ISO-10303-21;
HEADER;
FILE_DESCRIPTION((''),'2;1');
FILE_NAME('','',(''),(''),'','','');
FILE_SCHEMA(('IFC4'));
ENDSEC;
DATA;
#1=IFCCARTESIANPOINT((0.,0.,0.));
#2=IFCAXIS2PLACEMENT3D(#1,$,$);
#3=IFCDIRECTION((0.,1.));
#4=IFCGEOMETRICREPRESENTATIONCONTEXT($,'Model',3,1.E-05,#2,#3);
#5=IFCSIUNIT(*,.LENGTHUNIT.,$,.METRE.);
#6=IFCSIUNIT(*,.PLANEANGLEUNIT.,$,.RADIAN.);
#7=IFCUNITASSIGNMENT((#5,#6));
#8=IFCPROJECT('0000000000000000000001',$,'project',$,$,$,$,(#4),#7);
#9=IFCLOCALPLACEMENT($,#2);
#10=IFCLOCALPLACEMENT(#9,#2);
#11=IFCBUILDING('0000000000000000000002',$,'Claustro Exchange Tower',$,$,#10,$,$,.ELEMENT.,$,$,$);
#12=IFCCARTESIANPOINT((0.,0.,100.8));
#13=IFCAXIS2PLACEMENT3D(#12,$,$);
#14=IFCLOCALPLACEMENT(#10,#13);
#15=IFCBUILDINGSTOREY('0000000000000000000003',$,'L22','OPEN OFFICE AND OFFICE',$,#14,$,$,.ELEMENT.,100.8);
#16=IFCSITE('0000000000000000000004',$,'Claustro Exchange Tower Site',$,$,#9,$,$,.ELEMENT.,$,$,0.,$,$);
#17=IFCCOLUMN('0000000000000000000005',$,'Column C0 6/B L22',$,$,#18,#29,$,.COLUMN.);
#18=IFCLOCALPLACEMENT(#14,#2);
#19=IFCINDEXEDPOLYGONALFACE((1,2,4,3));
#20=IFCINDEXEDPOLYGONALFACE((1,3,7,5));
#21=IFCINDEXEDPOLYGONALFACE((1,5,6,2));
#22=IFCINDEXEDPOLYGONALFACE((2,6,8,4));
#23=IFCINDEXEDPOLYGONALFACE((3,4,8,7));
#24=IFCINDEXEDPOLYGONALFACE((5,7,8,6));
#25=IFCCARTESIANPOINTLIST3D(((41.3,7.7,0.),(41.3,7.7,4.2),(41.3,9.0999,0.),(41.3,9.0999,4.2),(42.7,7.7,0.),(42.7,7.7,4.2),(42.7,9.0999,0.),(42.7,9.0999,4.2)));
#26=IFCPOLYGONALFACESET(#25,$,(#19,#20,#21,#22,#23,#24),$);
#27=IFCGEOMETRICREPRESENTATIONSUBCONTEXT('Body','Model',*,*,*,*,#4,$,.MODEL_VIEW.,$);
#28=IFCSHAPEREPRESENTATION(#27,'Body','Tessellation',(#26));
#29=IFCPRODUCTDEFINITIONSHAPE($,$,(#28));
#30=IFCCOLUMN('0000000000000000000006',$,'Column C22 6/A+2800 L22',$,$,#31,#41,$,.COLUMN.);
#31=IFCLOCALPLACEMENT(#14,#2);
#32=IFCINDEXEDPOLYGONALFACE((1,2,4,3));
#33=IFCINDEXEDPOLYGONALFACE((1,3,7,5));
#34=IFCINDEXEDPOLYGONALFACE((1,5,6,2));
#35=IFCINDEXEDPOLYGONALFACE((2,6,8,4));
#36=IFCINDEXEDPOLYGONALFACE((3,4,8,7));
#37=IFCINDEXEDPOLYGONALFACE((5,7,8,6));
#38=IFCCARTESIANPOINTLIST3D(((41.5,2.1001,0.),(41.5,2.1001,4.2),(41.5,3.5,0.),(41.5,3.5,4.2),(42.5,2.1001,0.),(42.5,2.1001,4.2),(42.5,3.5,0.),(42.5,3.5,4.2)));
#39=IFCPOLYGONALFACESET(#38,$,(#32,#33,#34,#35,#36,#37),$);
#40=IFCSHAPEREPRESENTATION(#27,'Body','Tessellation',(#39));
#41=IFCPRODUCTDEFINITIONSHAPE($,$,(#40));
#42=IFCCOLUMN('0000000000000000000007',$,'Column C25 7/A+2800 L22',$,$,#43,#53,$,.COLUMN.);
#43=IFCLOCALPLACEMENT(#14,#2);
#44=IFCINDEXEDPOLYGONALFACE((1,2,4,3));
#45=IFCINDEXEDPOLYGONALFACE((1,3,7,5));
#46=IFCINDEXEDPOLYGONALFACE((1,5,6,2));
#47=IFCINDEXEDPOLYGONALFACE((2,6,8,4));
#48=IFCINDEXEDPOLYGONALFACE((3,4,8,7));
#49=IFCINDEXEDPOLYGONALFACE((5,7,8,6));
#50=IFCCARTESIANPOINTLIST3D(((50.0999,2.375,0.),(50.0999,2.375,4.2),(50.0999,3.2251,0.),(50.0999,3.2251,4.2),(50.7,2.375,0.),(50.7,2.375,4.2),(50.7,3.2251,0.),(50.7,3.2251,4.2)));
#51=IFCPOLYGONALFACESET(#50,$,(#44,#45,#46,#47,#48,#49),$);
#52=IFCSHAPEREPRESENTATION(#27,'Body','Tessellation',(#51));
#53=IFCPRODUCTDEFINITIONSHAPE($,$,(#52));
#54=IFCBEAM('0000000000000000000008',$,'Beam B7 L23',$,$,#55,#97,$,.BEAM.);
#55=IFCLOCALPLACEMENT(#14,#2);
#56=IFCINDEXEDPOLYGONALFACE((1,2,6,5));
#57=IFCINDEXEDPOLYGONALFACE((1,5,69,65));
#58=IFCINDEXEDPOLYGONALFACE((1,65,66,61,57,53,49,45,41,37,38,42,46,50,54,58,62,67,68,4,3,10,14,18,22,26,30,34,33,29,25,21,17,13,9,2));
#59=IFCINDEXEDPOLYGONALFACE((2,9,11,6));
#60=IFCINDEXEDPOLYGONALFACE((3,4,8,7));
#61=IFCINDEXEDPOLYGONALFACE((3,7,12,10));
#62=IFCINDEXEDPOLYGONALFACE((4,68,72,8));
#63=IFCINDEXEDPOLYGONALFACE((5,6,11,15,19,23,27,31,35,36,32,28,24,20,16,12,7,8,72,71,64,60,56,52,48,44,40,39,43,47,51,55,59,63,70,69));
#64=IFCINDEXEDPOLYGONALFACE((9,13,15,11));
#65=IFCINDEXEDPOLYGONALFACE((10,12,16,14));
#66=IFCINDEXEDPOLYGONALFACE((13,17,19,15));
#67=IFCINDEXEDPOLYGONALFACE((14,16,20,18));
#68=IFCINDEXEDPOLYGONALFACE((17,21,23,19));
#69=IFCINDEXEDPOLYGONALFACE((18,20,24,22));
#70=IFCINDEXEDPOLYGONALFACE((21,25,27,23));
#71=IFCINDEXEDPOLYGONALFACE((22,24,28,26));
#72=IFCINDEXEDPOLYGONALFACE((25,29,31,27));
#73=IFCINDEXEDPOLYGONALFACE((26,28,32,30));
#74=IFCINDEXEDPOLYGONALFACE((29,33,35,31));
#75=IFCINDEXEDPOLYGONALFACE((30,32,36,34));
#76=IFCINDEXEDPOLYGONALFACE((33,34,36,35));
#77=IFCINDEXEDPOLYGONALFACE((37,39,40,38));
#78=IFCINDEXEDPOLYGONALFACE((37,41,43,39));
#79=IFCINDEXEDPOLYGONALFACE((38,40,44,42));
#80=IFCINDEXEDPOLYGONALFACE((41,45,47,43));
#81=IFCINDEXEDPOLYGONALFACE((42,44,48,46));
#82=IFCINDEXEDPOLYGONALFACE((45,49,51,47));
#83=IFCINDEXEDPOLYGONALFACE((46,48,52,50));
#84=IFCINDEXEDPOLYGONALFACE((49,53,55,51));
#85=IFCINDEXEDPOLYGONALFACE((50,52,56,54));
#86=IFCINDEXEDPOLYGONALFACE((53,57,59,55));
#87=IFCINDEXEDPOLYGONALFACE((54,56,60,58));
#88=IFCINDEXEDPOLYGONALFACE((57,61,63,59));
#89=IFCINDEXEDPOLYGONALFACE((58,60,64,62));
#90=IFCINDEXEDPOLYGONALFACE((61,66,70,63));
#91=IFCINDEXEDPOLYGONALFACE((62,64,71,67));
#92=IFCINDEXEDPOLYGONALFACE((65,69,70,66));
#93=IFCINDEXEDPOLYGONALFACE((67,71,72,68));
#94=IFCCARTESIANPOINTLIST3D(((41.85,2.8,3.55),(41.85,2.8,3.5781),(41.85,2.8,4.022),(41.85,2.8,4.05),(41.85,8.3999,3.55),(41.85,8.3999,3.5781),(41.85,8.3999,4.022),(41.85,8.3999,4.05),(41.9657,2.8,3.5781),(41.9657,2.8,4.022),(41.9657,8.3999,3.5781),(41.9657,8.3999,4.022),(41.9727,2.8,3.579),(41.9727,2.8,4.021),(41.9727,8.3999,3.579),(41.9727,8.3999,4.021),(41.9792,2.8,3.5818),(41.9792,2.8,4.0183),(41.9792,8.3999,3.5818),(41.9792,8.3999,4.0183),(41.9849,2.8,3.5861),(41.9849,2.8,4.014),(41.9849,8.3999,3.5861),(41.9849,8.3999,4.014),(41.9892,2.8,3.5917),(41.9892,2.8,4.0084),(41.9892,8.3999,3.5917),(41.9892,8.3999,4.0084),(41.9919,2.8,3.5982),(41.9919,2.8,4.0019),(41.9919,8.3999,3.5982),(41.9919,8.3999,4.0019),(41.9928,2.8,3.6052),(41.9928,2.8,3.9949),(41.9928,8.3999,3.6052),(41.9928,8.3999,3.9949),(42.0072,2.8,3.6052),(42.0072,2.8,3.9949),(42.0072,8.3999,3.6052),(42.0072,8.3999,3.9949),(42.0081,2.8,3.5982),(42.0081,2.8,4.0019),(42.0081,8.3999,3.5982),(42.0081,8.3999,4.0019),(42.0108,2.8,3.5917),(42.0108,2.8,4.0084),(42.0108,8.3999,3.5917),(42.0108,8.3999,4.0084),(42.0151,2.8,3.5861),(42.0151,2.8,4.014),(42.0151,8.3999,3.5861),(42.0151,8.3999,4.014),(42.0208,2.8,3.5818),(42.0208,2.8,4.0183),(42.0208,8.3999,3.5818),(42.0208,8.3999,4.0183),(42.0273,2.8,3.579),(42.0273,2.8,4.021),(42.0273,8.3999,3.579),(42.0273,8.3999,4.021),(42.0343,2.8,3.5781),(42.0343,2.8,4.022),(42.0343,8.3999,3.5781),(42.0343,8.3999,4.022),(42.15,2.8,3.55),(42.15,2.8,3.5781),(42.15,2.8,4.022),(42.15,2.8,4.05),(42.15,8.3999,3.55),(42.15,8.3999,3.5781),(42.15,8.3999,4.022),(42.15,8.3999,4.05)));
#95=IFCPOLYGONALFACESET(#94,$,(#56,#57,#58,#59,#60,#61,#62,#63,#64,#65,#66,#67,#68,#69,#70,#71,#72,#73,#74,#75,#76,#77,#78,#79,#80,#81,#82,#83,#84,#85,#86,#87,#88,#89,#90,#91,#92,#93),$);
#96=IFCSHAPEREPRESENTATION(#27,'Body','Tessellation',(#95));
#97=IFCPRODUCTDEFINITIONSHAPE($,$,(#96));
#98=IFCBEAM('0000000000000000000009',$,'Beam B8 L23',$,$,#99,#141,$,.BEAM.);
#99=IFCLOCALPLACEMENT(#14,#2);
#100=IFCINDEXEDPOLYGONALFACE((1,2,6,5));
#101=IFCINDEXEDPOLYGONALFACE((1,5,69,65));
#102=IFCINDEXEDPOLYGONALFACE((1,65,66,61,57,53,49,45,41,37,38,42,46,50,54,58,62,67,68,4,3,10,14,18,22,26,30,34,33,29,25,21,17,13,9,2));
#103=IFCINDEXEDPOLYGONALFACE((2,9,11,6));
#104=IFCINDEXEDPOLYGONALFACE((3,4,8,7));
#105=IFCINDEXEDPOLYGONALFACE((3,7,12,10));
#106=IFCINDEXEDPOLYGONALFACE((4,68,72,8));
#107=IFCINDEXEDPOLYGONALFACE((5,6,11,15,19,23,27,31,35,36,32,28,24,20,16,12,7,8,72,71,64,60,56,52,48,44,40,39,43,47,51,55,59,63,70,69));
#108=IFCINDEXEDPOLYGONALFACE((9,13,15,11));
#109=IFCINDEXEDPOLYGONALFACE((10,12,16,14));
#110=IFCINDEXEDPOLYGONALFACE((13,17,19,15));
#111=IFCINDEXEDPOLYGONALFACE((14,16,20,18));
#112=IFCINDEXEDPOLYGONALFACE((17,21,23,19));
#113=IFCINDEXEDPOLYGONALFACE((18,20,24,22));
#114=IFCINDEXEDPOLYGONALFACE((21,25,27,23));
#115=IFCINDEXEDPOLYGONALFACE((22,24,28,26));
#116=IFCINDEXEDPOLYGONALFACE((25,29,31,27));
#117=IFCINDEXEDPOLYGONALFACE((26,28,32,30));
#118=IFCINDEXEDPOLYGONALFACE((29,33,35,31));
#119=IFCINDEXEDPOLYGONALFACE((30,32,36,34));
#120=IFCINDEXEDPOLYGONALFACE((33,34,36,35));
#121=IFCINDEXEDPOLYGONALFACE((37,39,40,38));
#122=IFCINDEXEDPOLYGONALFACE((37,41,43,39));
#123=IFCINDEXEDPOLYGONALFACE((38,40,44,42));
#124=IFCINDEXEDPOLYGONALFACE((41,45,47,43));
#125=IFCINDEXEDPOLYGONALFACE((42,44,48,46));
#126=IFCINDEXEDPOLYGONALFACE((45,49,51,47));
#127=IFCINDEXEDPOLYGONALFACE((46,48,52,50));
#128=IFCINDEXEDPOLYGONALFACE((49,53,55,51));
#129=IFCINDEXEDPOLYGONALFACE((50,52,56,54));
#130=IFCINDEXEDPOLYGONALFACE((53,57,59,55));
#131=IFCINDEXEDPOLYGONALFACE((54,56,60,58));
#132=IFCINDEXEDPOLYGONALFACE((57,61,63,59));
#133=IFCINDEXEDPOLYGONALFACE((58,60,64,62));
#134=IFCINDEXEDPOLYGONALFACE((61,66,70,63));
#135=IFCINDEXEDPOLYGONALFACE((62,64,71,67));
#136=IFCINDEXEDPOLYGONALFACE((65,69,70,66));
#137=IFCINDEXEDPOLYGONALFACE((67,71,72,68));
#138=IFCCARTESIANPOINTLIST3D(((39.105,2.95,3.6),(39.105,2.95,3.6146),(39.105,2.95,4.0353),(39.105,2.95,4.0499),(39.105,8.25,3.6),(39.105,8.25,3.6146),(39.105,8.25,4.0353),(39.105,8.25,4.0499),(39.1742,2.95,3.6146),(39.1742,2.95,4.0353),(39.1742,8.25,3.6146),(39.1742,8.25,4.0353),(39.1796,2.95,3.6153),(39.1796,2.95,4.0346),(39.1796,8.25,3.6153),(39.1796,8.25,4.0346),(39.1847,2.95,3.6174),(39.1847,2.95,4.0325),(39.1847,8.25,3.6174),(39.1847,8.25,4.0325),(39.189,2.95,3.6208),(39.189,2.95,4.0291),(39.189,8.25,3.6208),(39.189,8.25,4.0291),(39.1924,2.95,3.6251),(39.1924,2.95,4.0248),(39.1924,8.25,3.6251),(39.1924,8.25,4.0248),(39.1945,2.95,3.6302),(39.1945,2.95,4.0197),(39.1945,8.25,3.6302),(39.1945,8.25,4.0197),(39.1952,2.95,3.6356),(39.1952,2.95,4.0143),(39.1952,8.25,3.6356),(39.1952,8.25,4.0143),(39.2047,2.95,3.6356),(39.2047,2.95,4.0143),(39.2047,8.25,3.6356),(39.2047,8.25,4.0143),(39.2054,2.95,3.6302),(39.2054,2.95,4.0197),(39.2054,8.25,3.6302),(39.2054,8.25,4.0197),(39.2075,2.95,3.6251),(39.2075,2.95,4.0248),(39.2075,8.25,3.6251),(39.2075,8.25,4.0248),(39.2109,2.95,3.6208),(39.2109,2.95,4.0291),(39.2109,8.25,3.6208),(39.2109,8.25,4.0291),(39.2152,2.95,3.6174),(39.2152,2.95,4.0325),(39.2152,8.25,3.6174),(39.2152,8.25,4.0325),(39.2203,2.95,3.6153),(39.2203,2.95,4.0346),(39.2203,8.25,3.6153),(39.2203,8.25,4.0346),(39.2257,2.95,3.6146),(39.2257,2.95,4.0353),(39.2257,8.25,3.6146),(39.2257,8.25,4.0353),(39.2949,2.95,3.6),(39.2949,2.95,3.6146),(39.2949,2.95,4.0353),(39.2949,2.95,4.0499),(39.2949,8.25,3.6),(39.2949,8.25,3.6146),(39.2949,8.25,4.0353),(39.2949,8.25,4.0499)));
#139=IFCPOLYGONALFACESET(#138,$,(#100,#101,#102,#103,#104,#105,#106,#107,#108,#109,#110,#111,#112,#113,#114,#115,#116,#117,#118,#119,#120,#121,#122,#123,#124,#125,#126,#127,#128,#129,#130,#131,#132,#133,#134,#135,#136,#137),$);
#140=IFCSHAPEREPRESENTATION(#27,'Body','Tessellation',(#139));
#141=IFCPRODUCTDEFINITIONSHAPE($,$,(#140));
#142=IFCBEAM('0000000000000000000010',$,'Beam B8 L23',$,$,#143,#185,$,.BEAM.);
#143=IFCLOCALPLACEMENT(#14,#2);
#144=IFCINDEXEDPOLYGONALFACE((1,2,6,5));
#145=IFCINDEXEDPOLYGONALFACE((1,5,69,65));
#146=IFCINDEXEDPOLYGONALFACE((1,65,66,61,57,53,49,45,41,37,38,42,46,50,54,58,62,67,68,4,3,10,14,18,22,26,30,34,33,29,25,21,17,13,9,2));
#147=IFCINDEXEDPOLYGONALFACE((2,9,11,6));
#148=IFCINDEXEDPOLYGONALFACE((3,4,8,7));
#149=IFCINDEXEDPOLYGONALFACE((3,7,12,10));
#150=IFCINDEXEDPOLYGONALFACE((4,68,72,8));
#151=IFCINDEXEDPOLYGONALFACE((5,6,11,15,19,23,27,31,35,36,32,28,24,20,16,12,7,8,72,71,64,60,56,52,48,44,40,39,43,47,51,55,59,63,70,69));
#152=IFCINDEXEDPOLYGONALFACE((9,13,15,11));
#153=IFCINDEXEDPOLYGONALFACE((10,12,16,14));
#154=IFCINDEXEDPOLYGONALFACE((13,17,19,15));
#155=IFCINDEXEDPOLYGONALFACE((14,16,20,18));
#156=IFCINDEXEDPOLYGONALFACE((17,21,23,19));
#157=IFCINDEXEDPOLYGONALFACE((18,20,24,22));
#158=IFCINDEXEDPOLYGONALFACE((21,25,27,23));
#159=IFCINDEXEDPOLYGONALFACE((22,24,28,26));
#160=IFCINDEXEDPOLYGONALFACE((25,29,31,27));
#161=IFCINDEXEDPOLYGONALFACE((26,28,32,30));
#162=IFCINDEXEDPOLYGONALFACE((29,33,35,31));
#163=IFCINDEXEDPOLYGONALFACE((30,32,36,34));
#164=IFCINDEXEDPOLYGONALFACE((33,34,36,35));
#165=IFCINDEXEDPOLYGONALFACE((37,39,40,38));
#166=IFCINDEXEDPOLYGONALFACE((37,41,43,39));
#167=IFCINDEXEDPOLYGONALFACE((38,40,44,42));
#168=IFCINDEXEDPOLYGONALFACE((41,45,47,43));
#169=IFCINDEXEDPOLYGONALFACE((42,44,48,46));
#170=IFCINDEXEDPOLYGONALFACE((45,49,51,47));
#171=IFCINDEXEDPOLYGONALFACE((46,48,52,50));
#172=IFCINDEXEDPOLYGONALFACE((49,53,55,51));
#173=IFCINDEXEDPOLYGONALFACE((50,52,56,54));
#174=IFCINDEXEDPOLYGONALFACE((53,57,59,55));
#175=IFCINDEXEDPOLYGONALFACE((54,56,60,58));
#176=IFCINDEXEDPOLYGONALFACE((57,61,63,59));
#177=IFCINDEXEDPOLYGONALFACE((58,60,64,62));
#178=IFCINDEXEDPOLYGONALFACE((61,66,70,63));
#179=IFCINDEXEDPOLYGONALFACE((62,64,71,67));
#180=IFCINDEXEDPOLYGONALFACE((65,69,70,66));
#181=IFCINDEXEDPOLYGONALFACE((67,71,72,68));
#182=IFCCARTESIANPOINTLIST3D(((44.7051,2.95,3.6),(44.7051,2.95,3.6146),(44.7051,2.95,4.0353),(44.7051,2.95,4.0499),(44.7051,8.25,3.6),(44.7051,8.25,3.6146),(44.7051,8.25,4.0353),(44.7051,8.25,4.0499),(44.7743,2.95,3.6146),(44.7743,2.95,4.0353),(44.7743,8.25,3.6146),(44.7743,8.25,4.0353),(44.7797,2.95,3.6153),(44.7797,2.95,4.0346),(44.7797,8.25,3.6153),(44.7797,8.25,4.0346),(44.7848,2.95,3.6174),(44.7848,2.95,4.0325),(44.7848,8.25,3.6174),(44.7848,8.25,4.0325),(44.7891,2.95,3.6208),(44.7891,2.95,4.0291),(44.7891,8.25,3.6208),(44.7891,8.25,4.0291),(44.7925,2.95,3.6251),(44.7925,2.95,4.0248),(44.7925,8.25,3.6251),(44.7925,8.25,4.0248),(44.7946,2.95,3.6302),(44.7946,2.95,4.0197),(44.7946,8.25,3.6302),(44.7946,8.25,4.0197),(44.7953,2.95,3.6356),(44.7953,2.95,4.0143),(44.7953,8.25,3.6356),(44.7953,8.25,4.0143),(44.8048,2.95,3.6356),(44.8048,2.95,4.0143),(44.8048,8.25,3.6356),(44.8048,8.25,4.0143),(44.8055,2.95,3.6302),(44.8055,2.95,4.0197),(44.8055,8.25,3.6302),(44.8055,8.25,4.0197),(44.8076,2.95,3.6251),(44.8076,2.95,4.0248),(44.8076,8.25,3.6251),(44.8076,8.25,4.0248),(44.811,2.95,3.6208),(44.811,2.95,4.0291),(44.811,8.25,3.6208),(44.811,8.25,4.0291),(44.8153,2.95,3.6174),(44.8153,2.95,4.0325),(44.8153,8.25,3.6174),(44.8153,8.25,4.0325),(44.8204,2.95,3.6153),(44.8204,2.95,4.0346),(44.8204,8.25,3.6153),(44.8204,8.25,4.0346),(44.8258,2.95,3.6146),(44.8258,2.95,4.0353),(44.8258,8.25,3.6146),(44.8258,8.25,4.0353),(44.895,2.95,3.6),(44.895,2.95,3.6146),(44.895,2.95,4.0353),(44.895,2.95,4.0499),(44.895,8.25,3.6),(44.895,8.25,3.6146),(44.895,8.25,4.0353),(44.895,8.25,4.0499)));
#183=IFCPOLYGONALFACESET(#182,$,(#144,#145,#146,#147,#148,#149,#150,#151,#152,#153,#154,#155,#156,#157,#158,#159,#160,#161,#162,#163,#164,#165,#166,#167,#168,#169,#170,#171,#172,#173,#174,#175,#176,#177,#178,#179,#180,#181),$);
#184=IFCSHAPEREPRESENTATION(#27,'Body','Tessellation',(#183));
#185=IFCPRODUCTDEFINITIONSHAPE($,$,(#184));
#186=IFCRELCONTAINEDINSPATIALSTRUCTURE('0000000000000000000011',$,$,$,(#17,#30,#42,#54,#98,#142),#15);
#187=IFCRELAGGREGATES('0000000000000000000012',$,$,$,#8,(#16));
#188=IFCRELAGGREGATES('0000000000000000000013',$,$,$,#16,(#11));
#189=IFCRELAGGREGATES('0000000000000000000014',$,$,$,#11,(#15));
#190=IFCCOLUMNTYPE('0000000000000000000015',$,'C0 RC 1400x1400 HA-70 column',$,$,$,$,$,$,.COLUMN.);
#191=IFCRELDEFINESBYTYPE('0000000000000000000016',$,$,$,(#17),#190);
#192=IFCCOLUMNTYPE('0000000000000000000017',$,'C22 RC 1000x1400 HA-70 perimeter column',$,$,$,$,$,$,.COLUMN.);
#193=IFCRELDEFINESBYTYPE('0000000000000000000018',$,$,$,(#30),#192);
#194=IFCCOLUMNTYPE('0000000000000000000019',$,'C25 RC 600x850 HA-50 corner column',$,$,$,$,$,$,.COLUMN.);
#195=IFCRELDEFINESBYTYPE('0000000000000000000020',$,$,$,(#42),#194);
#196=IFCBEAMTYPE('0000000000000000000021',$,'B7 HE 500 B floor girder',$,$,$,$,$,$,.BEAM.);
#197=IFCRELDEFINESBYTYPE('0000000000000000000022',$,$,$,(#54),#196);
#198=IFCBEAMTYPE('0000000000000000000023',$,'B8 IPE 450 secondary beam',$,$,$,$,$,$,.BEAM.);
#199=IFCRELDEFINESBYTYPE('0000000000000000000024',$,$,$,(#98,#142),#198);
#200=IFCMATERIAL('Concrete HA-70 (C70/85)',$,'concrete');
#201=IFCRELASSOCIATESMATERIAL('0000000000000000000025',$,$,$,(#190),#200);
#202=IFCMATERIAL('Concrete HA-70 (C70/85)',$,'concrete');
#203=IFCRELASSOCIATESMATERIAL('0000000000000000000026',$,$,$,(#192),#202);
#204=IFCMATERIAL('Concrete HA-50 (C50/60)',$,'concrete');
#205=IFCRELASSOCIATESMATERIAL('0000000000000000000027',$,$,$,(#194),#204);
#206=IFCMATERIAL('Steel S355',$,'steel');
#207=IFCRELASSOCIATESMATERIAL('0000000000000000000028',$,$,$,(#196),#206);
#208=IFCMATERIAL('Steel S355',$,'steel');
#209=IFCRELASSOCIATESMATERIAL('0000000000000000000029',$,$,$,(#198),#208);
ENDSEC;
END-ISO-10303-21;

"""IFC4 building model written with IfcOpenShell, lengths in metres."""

from ifc_helpers import new_model, si_unit, direction, frame, origin, origin_2d, place, context, subcontext, project, spatial, rectangle, i_section, extrude, material, material_profile, profile_set, type_object, element, save


model = new_model("IFC4")

# Units and contexts
model_context = context("Model", 3, precision=1e-05, world=origin(), true_north=direction((0.0, 1.0)))
body_context = subcontext(model_context, "Body", "Model", "MODEL_VIEW")
ifc_project = project(units=[si_unit("LENGTHUNIT", "METRE"), si_unit("PLANEANGLEUNIT", "RADIAN")], contexts=[model_context])

# Site, building, storey
site_placement = place(None, origin())
site = spatial("IfcSite", under=ifc_project, at=site_placement, Name="Claustro Exchange Tower Site", CompositionType="ELEMENT", RefElevation=0.0)
building_placement = place(site_placement, origin())
building = spatial("IfcBuilding", under=site, at=building_placement, Name="Claustro Exchange Tower", CompositionType="ELEMENT")
storey_placement = place(building_placement, frame((0.0, 0.0, 100.8)))
storey = spatial("IfcBuildingStorey", under=building, at=storey_placement, Name="L22", Description="OPEN OFFICE AND OFFICE", CompositionType="ELEMENT", Elevation=100.8)

# Columns
ifc_material_1 = material(Name="Concrete HA-70 (C70/85)", Category="concrete")
ifc_material_profile_1 = material_profile(ifc_material_1, rectangle(XDim=1.3999, YDim=1.3999, at=origin_2d()), Name="RC 1400x1400")
ifc_profile_set_1 = profile_set([ifc_material_profile_1], Name="Concrete HA-70 (C70/85)")
column_type_1 = type_object("IfcColumnType", Name="C0 RC 1400x1400 HA-70 column", PredefinedType="COLUMN", material=ifc_profile_set_1)
column_1_placement = place(storey_placement, frame((42.0, 8.3999, 0.0), z_axis=(0.0, 0.0, 1.0), x_axis=(1.0, 0.0, 0.0)))
element("IfcColumn", 1, at=column_1_placement, inside=storey, type_object=column_type_1, Name="Column C0 6/B L22", PredefinedType="COLUMN", context=body_context, shape_type="SweptSolid", body=[
    extrude(rectangle(XDim=1.3999, YDim=1.3999, at=origin_2d()), origin(), (0.0, 0.0, 1.0), 4.2),
])
ifc_material_2 = material(Name="Concrete HA-70 (C70/85)", Category="concrete")
ifc_material_profile_2 = material_profile(ifc_material_2, rectangle(XDim=1.0, YDim=1.3999, at=origin_2d()), Name="RC 1000x1400")
ifc_profile_set_2 = profile_set([ifc_material_profile_2], Name="Concrete HA-70 (C70/85)")
column_type_2 = type_object("IfcColumnType", Name="C22 RC 1000x1400 HA-70 perimeter column", PredefinedType="COLUMN", material=ifc_profile_set_2)
column_2_placement = place(storey_placement, frame((42.0, 2.8, 0.0), z_axis=(0.0, 0.0, 1.0), x_axis=(1.0, 0.0, 0.0)))
element("IfcColumn", 2, at=column_2_placement, inside=storey, type_object=column_type_2, Name="Column C22 6/A+2800 L22", PredefinedType="COLUMN", context=body_context, shape_type="SweptSolid", body=[
    extrude(rectangle(XDim=1.0, YDim=1.3999, at=origin_2d()), origin(), (0.0, 0.0, 1.0), 4.2),
])
ifc_material_3 = material(Name="Concrete HA-50 (C50/60)", Category="concrete")
ifc_material_profile_3 = material_profile(ifc_material_3, rectangle(XDim=0.6001, YDim=0.8501, at=origin_2d()), Name="RC 600x850")
ifc_profile_set_3 = profile_set([ifc_material_profile_3], Name="Concrete HA-50 (C50/60)")
column_type_3 = type_object("IfcColumnType", Name="C25 RC 600x850 HA-50 corner column", PredefinedType="COLUMN", material=ifc_profile_set_3)
column_3_placement = place(storey_placement, frame((50.3999, 2.8, 0.0), z_axis=(0.0, 0.0, 1.0), x_axis=(1.0, 0.0, 0.0)))
element("IfcColumn", 3, at=column_3_placement, inside=storey, type_object=column_type_3, Name="Column C25 7/A+2800 L22", PredefinedType="COLUMN", context=body_context, shape_type="SweptSolid", body=[
    extrude(rectangle(XDim=0.6001, YDim=0.8501, at=origin_2d()), origin(), (0.0, 0.0, 1.0), 4.2),
])

# Beams
ifc_material_4 = material(Name="Steel S355", Category="steel")
ifc_material_profile_4 = material_profile(ifc_material_4, i_section(OverallWidth=0.3, OverallDepth=0.5, WebThickness=0.0144, FlangeThickness=0.0281, FilletRadius=0.0271, at=origin_2d()), Name="HE 500 B")
ifc_profile_set_4 = profile_set([ifc_material_profile_4], Name="Steel S355")
beam_type_1 = type_object("IfcBeamType", Name="B7 HE 500 B floor girder", PredefinedType="BEAM", material=ifc_profile_set_4)
beam_1_placement = place(storey_placement, frame((42.0, 2.8, 3.8), z_axis=(0.0, 1.0, 0.0), x_axis=(-1.0, 0.0, 0.0)))
element("IfcBeam", 4, at=beam_1_placement, inside=storey, type_object=beam_type_1, Name="Beam B7 L23", PredefinedType="BEAM", context=body_context, shape_type="SweptSolid", body=[
    extrude(i_section(OverallWidth=0.3, OverallDepth=0.5, WebThickness=0.0144, FlangeThickness=0.0281, FilletRadius=0.0271, at=origin_2d()), origin(), (0.0, 0.0, 1.0), 5.5999),
])
ifc_material_5 = material(Name="Steel S355", Category="steel")
ifc_material_profile_5 = material_profile(ifc_material_5, i_section(OverallWidth=0.1899, OverallDepth=0.45, WebThickness=0.0095, FlangeThickness=0.0146, FilletRadius=0.021, at=origin_2d()), Name="IPE 450")
ifc_profile_set_5 = profile_set([ifc_material_profile_5], Name="Steel S355")
beam_type_2 = type_object("IfcBeamType", Name="B8 IPE 450 secondary beam", PredefinedType="BEAM", material=ifc_profile_set_5)
for number, where, z_axis, x_axis, name in (
    (5, (39.2, 2.95, 3.825), (0.0, 1.0, 0.0), (-1.0, 0.0, 0.0), "Beam B8 L23"),
    (6, (44.8, 2.95, 3.825), (0.0, 1.0, 0.0), (-1.0, 0.0, 0.0), "Beam B8 L23"),
):
    element("IfcBeam", number, at=place(storey_placement, frame(where, z_axis=z_axis, x_axis=x_axis)), inside=storey, type_object=beam_type_2, Name=name, PredefinedType="BEAM", context=body_context, shape_type="SweptSolid", body=[
        extrude(i_section(OverallWidth=0.1899, OverallDepth=0.45, WebThickness=0.0095, FlangeThickness=0.0146, FilletRadius=0.021, at=origin_2d()), origin(), (0.0, 0.0, 1.0), 5.3),
    ])

save(model, "model.ifc")
